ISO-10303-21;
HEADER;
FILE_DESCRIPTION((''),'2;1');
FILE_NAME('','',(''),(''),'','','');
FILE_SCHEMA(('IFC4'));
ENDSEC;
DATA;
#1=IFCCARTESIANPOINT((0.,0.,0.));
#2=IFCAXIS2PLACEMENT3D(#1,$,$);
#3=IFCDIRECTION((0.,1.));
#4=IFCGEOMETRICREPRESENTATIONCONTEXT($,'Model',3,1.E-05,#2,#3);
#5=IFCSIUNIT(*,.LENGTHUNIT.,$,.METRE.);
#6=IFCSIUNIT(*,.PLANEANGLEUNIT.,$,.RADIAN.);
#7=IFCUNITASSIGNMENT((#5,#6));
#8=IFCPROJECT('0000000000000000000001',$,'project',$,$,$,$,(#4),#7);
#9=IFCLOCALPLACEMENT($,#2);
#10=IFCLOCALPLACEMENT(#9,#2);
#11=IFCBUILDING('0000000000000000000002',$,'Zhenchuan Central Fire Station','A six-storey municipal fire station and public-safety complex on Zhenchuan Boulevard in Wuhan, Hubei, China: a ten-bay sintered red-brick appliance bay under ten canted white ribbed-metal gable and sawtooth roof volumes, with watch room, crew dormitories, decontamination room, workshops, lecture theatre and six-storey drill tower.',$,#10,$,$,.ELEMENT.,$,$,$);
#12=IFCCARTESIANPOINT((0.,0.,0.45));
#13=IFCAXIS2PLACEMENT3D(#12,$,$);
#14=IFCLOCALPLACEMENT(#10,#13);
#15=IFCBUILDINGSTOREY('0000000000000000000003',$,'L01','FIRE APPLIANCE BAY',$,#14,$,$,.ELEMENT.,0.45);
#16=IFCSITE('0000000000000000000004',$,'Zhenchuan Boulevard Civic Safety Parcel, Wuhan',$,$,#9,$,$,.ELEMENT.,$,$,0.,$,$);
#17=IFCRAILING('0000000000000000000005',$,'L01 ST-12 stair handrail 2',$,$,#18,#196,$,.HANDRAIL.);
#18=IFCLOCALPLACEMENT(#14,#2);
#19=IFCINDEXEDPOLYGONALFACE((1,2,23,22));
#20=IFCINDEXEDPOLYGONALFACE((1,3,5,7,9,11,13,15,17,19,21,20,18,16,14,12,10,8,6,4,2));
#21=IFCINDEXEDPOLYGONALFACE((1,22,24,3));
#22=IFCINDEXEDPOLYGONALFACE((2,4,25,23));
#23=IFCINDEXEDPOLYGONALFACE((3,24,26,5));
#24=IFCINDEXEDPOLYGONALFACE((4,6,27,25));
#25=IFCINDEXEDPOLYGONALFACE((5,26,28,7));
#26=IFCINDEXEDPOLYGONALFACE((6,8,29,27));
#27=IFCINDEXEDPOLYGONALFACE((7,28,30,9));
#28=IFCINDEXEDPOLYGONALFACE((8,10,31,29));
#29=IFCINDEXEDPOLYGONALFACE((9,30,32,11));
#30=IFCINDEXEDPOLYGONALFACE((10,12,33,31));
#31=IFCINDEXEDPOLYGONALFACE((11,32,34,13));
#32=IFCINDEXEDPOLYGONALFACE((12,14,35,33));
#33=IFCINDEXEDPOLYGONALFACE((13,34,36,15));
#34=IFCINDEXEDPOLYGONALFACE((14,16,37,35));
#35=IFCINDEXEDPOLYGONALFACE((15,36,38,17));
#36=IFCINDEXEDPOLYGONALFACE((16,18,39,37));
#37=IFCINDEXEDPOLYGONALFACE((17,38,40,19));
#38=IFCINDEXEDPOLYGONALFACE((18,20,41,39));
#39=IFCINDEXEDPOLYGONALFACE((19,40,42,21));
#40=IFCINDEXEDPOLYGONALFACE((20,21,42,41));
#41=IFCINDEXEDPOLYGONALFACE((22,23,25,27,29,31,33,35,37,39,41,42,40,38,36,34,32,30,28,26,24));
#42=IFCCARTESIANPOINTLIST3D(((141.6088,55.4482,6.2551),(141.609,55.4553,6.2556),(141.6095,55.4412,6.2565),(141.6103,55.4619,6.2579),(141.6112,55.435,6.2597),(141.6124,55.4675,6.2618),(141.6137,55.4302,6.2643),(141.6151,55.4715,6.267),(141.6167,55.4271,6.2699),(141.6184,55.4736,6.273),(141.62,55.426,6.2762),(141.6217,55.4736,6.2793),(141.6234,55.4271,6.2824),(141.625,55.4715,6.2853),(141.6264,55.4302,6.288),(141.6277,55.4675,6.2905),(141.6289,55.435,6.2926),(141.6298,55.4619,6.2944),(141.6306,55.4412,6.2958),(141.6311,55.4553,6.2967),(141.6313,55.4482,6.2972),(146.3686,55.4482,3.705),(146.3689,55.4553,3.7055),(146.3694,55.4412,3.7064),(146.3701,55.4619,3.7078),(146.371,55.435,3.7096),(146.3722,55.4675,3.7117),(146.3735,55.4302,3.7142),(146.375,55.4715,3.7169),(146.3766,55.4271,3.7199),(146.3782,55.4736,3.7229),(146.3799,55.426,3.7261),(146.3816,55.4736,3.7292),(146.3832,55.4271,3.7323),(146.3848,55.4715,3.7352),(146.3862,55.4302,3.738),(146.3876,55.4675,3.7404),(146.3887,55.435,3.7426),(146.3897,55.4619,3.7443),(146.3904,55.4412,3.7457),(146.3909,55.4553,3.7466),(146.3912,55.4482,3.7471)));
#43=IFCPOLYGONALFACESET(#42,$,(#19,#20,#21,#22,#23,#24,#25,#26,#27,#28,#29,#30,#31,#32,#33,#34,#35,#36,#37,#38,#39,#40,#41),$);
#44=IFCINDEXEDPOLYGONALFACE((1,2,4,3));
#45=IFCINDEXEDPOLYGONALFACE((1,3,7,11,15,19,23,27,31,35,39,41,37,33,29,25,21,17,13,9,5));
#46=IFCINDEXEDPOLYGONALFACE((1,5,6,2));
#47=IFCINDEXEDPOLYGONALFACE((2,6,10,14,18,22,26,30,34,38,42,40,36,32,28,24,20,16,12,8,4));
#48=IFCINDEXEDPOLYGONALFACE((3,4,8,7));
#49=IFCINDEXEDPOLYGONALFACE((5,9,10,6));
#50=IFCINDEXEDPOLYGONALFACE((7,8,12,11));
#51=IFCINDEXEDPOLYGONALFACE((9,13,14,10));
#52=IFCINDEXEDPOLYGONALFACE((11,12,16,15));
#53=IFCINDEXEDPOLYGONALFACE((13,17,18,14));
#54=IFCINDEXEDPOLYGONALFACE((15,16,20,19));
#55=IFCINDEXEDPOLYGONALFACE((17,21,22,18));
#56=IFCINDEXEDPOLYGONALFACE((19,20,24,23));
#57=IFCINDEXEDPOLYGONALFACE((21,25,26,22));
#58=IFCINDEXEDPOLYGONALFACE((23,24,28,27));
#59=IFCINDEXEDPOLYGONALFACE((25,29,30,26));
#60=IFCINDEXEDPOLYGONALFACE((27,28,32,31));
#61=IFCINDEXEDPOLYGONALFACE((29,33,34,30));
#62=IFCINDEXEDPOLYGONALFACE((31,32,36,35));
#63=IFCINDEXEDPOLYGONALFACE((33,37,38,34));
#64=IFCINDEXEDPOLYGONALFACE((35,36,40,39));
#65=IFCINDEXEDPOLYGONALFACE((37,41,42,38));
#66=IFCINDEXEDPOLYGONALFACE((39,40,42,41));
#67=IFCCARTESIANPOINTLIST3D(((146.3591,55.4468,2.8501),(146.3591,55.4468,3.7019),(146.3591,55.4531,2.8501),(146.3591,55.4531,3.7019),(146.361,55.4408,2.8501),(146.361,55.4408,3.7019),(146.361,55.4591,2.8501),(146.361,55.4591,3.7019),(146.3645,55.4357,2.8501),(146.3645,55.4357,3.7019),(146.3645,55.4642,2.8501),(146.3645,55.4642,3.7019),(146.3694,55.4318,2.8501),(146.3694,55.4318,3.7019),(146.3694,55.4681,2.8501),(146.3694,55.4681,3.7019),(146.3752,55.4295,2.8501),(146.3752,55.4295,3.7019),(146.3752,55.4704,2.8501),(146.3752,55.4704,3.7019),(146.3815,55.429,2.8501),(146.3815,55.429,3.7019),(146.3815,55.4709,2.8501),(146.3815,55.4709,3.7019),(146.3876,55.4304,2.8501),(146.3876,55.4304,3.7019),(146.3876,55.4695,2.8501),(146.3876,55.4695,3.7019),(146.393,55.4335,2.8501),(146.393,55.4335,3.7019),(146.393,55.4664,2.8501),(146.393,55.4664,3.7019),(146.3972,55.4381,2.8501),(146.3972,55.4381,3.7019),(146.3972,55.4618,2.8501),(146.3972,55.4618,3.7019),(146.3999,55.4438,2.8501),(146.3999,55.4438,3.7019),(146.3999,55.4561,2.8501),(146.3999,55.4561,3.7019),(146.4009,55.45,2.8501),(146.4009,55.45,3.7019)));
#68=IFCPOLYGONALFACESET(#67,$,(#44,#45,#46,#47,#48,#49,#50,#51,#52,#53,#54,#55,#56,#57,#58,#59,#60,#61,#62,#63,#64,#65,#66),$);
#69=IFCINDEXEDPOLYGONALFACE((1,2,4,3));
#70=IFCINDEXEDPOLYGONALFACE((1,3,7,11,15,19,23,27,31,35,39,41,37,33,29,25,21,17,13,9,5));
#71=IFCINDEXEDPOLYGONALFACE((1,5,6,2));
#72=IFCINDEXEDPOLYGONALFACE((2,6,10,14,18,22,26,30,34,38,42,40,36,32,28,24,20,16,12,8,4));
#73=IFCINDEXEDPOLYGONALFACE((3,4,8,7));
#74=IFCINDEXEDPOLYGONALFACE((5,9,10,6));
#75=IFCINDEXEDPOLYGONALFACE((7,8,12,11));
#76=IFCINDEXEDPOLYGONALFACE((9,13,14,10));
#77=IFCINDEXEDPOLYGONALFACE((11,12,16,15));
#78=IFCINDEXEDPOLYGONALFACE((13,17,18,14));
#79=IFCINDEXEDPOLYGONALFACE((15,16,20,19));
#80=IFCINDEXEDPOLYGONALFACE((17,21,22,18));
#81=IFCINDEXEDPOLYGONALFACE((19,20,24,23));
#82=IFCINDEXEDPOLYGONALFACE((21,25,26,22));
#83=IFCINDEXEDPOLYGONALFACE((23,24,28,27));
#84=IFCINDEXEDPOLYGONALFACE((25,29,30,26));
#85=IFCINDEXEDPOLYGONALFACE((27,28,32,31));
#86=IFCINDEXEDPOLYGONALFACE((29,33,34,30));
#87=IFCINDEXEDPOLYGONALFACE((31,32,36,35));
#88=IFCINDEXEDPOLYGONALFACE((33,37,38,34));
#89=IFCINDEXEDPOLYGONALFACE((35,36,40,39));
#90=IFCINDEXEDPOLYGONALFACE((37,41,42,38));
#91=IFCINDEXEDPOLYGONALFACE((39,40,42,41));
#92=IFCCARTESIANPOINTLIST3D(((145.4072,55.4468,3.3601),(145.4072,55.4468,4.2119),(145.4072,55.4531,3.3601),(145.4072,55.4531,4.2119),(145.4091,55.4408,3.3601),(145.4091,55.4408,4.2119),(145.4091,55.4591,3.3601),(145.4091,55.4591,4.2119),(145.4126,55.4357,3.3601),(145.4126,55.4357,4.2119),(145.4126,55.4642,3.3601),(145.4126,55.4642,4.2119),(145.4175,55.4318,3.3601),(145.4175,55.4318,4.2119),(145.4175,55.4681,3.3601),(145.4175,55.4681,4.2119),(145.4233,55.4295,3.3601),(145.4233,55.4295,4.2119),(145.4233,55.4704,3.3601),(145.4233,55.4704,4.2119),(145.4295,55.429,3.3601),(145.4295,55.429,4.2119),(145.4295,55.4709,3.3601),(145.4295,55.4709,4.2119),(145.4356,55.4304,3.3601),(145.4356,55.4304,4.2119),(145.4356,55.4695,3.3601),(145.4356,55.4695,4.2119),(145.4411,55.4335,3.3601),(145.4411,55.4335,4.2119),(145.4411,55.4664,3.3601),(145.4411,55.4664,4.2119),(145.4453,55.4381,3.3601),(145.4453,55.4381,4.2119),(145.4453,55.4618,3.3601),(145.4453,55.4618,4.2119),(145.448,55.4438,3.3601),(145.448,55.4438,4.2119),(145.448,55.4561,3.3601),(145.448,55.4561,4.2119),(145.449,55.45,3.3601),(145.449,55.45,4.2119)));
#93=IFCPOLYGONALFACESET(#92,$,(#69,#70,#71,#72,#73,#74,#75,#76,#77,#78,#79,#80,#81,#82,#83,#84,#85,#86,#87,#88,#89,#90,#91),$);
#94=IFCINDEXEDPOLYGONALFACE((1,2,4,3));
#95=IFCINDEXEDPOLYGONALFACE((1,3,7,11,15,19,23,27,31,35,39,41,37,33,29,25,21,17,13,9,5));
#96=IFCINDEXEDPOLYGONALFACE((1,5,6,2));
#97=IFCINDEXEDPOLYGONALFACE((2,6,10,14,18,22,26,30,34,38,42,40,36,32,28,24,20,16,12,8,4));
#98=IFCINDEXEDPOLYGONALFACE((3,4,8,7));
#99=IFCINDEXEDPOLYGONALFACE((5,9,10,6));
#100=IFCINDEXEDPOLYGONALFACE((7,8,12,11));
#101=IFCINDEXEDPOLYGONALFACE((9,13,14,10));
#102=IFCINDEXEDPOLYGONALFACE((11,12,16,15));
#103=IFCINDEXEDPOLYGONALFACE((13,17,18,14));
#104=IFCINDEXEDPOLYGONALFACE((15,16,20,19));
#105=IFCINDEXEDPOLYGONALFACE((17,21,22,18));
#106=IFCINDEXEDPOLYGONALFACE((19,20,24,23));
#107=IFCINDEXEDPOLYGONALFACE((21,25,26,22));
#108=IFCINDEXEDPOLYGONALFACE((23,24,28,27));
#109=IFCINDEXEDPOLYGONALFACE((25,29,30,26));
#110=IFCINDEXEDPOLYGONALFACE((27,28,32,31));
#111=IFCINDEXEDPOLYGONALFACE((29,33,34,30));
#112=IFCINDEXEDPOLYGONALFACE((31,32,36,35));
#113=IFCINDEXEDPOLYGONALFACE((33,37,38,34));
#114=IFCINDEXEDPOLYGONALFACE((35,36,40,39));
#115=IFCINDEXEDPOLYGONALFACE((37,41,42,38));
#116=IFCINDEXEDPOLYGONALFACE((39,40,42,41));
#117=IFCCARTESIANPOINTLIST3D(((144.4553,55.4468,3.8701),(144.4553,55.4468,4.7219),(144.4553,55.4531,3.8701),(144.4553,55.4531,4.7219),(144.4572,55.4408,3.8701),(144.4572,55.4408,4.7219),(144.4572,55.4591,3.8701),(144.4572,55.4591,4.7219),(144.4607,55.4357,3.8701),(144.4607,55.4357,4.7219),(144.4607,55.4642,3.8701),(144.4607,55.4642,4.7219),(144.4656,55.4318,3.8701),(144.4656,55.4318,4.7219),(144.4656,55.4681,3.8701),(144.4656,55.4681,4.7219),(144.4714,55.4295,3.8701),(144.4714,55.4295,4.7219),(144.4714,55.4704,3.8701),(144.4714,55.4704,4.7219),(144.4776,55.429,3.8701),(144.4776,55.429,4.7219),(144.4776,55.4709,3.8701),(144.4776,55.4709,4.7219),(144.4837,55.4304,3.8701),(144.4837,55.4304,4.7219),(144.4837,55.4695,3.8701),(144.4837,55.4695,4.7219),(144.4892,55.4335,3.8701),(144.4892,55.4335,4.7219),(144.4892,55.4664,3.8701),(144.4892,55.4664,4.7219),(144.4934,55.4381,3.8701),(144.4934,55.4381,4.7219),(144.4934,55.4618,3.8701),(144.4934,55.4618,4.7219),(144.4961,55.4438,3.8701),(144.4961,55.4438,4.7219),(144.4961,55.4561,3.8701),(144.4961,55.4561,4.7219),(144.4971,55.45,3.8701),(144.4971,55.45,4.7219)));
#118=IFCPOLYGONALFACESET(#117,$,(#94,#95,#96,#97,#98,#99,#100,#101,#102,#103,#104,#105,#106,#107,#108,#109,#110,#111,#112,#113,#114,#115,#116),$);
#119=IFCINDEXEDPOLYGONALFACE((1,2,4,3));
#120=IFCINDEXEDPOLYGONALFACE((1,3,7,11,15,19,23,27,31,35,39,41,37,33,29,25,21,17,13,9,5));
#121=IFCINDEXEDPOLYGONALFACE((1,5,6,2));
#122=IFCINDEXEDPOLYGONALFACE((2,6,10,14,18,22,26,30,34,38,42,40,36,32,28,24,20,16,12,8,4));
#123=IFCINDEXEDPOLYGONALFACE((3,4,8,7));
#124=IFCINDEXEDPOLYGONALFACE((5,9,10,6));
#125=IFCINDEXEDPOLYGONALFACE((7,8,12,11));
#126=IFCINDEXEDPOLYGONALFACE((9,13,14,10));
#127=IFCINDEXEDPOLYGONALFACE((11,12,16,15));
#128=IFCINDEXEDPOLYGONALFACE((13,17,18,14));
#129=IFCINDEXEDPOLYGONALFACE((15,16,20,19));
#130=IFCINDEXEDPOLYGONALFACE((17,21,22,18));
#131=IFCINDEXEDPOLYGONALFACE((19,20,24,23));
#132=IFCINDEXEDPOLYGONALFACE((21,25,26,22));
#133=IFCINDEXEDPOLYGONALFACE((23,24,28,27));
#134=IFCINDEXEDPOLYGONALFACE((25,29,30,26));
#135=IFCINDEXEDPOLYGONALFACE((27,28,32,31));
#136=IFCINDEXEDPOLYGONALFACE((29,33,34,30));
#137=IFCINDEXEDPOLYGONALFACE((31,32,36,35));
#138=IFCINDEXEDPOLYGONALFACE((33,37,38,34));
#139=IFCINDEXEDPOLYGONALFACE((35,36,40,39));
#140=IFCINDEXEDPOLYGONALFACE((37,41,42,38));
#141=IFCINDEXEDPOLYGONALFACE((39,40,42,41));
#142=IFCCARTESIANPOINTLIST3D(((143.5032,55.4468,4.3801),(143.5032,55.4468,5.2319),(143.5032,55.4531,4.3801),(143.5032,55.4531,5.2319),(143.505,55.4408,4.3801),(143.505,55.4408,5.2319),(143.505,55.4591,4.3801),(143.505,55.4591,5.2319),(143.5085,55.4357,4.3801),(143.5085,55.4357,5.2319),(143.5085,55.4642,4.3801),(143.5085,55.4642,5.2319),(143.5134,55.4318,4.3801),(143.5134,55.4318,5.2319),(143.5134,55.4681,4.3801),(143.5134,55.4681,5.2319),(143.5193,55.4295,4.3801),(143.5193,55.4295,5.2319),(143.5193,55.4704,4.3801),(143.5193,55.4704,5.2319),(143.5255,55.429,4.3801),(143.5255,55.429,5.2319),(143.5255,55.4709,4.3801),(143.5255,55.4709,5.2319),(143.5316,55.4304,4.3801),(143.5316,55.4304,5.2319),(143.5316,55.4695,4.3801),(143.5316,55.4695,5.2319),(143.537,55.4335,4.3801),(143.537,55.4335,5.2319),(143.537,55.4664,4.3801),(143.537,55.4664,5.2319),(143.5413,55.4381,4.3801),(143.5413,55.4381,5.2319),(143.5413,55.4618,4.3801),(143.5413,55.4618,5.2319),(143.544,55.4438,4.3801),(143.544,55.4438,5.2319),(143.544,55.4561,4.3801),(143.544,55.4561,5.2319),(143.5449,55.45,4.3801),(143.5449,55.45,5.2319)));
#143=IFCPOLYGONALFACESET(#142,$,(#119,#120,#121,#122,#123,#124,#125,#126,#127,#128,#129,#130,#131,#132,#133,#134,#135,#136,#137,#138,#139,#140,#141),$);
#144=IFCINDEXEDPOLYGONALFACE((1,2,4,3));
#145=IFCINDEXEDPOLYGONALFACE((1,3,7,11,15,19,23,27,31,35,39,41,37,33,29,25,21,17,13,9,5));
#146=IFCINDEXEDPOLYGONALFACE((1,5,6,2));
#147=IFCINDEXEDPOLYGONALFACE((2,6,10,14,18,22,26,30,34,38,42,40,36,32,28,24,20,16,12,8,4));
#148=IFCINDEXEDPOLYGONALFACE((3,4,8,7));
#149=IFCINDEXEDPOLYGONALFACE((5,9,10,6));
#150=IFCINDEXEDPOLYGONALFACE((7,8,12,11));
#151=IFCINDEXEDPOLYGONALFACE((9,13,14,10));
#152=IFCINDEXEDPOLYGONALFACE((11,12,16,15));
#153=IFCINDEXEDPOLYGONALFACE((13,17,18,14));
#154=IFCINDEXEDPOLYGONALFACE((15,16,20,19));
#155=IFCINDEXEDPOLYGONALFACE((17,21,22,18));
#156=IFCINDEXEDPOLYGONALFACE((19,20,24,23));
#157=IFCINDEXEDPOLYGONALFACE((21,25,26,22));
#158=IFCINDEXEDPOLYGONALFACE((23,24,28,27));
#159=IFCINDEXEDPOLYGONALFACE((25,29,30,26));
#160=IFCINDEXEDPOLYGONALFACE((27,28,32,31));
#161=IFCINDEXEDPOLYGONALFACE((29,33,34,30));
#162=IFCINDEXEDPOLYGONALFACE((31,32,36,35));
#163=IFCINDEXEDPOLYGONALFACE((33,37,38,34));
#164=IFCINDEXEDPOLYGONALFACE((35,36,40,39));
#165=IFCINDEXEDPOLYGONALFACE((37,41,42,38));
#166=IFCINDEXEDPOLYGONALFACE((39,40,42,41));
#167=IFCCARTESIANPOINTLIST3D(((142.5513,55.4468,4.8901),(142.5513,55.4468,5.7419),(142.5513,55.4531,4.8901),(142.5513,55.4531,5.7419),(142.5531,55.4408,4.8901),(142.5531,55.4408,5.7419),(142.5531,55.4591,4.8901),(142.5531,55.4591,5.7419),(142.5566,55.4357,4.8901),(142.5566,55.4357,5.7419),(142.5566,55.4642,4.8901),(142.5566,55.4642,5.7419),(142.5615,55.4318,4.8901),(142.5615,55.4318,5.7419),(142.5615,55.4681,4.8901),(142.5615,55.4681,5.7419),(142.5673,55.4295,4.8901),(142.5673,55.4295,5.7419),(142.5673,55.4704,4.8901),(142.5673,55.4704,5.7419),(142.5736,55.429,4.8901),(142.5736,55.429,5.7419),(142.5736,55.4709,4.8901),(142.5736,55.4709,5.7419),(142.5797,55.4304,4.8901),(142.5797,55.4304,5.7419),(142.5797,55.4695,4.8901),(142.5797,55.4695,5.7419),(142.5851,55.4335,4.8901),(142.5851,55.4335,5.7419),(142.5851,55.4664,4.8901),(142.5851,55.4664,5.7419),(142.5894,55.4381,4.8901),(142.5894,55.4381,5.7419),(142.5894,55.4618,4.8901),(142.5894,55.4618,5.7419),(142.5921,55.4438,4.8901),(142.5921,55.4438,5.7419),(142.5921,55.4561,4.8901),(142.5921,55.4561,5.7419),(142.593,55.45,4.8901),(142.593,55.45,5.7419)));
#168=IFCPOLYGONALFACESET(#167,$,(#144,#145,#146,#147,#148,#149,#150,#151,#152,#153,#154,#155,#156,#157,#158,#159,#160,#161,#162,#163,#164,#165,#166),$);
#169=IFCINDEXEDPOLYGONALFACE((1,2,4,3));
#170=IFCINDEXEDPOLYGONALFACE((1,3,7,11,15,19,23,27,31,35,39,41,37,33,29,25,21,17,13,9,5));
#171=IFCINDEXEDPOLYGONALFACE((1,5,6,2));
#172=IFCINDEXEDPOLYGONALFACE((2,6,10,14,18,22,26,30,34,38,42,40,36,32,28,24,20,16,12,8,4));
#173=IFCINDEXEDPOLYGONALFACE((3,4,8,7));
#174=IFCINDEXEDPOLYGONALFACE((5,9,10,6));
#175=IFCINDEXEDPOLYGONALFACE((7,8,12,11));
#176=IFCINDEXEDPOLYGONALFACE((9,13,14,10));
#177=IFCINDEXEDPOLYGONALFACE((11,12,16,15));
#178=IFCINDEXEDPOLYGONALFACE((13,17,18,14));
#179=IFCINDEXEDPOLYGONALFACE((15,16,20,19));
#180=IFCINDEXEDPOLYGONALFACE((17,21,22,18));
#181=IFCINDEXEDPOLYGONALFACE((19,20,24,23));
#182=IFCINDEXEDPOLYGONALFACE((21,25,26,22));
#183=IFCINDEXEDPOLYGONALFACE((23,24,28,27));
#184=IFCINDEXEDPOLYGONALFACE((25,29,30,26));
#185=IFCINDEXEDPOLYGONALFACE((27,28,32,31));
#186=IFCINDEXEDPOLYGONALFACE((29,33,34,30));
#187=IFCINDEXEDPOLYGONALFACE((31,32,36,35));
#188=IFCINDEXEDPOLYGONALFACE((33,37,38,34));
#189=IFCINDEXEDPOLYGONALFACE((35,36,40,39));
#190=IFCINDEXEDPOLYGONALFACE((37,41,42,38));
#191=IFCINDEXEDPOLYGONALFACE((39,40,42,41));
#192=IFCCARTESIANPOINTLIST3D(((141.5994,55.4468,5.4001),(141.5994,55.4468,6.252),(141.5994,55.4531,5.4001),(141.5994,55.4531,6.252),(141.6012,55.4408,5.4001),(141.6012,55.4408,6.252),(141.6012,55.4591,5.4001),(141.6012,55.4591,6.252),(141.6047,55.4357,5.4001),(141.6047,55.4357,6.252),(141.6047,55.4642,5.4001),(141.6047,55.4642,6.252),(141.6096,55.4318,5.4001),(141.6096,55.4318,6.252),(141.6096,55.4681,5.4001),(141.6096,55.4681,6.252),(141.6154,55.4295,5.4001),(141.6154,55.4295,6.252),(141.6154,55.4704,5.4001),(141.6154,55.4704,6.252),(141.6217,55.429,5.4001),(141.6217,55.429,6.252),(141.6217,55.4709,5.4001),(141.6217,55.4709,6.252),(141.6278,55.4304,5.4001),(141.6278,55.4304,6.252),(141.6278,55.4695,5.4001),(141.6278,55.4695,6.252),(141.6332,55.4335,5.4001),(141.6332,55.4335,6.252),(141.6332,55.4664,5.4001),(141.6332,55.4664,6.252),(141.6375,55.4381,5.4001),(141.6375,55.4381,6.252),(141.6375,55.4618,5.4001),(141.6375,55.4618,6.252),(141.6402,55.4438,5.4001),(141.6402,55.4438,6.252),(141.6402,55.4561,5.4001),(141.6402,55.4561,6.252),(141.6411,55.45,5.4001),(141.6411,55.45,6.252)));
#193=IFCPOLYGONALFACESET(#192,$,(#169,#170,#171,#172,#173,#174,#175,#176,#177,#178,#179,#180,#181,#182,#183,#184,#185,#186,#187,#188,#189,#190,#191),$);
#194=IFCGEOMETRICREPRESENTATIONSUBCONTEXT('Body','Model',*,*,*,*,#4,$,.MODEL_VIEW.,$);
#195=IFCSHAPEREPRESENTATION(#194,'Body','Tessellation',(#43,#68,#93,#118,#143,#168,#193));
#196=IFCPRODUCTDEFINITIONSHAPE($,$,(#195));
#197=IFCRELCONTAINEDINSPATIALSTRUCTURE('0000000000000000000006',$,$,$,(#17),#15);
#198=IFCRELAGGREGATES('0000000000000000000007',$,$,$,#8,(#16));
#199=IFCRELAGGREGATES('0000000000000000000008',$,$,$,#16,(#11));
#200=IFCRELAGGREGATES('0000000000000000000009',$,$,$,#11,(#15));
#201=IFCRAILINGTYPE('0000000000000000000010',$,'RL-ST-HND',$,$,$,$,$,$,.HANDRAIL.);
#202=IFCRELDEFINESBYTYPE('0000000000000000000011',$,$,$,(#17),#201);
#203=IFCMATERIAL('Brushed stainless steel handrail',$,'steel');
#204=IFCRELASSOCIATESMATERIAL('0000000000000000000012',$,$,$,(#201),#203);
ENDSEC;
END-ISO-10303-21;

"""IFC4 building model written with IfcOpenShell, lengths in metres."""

from ifc_helpers import new_model, si_unit, direction, frame, origin, origin_2d, place, context, subcontext, project, spatial, circle, extrude, material, type_object, element, save


model = new_model("IFC4")

# Units and contexts
model_context = context("Model", 3, precision=1e-05, world=origin(), true_north=direction((0.0, 1.0)))
body_context = subcontext(model_context, "Body", "Model", "MODEL_VIEW")
ifc_project = project(units=[si_unit("LENGTHUNIT", "METRE"), si_unit("PLANEANGLEUNIT", "RADIAN")], contexts=[model_context])

# Site, building, storey
site_placement = place(None, origin())
site = spatial("IfcSite", under=ifc_project, at=site_placement, Name="Zhenchuan Boulevard Civic Safety Parcel, Wuhan", CompositionType="ELEMENT", RefElevation=0.0)
building_placement = place(site_placement, origin())
building = spatial("IfcBuilding", under=site, at=building_placement, Name="Zhenchuan Central Fire Station", Description="A six-storey municipal fire station and public-safety complex on Zhenchuan Boulevard in Wuhan, Hubei, China: a ten-bay sintered red-brick appliance bay under ten canted white ribbed-metal gable and sawtooth roof volumes, with watch room, crew dormitories, decontamination room, workshops, lecture theatre and six-storey drill tower.", CompositionType="ELEMENT")
storey_placement = place(building_placement, frame((0.0, 0.0, 0.45)))
storey = spatial("IfcBuildingStorey", under=building, at=storey_placement, Name="L01", Description="FIRE APPLIANCE BAY", CompositionType="ELEMENT", Elevation=0.45)

# Railing
ifc_material_1 = material(Name="Brushed stainless steel handrail", Category="steel")
railing_type_1 = type_object("IfcRailingType", Name="RL-ST-HND", PredefinedType="HANDRAIL", material=ifc_material_1)
railing_1_placement = place(storey_placement, frame((146.3799, 55.45, 2.8501)))
element("IfcRailing", 1, at=railing_1_placement, inside=storey, type_object=railing_type_1, Name="L01 ST-12 stair handrail 2", PredefinedType="HANDRAIL", context=body_context, shape_type="SweptSolid", body=[
    extrude(circle(Radius=0.0239, at=origin_2d()), frame((0.0, 0.0, 0.876), z_axis=(-0.881467, 0.0, 0.472247), x_axis=(0.0, -1.0, 0.0)), (0.0, 0.0, 1.0), 5.3999),
    extrude(circle(Radius=0.021, at=origin_2d()), origin(), (0.0, 0.0, 1.0), 0.8518),
    extrude(circle(Radius=0.021, at=origin_2d()), frame((-0.9519, 0.0, 0.51)), (0.0, 0.0, 1.0), 0.8518),
    extrude(circle(Radius=0.021, at=origin_2d()), frame((-1.9038, 0.0, 1.02)), (0.0, 0.0, 1.0), 0.8518),
    extrude(circle(Radius=0.021, at=origin_2d()), frame((-2.856, 0.0, 1.53)), (0.0, 0.0, 1.0), 0.8518),
    extrude(circle(Radius=0.021, at=origin_2d()), frame((-3.8079, 0.0, 2.04)), (0.0, 0.0, 1.0), 0.8518),
    extrude(circle(Radius=0.021, at=origin_2d()), frame((-4.7598, 0.0, 2.55)), (0.0, 0.0, 1.0), 0.8518),
])

save(model, "model.ifc")
